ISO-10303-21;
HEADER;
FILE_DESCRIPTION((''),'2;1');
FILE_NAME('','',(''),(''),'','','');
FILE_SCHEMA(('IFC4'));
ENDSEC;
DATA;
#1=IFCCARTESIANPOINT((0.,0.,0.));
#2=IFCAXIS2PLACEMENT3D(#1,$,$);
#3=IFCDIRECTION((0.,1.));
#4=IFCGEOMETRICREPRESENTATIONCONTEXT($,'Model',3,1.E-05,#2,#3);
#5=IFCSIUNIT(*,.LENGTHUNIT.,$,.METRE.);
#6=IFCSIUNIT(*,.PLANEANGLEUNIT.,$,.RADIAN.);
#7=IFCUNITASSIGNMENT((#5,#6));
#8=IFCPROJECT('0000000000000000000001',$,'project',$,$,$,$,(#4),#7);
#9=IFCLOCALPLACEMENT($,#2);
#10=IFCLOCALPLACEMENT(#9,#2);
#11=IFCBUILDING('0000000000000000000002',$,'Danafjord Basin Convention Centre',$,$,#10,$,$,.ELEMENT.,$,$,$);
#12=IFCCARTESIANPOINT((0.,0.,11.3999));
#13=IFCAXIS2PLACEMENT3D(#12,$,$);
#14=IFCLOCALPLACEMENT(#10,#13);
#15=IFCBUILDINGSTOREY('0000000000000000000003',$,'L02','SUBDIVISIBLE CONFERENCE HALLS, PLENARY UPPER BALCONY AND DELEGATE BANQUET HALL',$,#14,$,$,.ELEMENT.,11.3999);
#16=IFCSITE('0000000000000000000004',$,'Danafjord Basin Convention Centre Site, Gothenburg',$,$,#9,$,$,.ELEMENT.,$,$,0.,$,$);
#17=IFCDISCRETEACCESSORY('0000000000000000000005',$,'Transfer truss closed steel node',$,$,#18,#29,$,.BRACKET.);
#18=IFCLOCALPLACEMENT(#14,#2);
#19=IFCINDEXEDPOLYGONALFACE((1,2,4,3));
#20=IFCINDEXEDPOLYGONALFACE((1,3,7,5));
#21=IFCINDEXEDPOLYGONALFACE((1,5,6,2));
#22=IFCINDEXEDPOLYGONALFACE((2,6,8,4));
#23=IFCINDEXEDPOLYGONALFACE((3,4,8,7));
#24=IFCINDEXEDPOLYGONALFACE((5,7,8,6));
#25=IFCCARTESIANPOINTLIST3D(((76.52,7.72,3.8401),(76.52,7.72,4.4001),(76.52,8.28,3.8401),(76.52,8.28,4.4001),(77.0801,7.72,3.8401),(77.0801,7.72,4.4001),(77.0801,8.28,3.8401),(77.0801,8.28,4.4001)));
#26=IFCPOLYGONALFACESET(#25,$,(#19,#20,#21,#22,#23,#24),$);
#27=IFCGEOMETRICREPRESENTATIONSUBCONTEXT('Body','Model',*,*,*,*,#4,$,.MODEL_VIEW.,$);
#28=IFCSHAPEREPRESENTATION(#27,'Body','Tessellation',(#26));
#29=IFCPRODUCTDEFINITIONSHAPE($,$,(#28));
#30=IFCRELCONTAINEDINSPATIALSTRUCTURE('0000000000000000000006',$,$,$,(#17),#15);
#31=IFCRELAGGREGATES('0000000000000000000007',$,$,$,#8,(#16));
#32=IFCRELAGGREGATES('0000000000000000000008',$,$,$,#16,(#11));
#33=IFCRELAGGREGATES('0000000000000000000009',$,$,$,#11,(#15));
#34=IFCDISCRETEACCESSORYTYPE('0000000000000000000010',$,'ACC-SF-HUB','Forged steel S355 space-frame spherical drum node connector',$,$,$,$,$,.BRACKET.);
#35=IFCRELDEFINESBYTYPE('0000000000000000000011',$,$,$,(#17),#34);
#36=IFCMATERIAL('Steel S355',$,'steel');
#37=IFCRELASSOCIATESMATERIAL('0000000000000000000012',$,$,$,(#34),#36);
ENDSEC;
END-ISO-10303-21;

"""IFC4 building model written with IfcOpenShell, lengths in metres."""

from ifc_helpers import new_model, si_unit, direction, frame, origin, origin_2d, place, context, subcontext, project, spatial, rectangle, extrude, material, type_object, element, save


model = new_model("IFC4")

# Units and contexts
model_context = context("Model", 3, precision=1e-05, world=origin(), true_north=direction((0.0, 1.0)))
body_context = subcontext(model_context, "Body", "Model", "MODEL_VIEW")
ifc_project = project(units=[si_unit("LENGTHUNIT", "METRE"), si_unit("PLANEANGLEUNIT", "RADIAN")], contexts=[model_context])

# Site, building, storey
site_placement = place(None, origin())
site = spatial("IfcSite", under=ifc_project, at=site_placement, Name="Danafjord Basin Convention Centre Site, Gothenburg", CompositionType="ELEMENT", RefElevation=0.0)
building_placement = place(site_placement, origin())
building = spatial("IfcBuilding", under=site, at=building_placement, Name="Danafjord Basin Convention Centre", CompositionType="ELEMENT")
storey_placement = place(building_placement, frame((0.0, 0.0, 11.3999)))
storey = spatial("IfcBuildingStorey", under=building, at=storey_placement, Name="L02", Description="SUBDIVISIBLE CONFERENCE HALLS, PLENARY UPPER BALCONY AND DELEGATE BANQUET HALL", CompositionType="ELEMENT", Elevation=11.3999)

# Shared definitions
ifc_material_1 = material(Name="Steel S355", Category="steel")

# Discrete accessory
discrete_accessory_type = type_object("IfcDiscreteAccessoryType", Name="ACC-SF-HUB", Description="Forged steel S355 space-frame spherical drum node connector", PredefinedType="BRACKET", material=ifc_material_1)
for number, where, z_axis, x_axis, name in (
    (1, (76.8, 8.0, 3.8401), (0.0, 0.0, 1.0), (1.0, 0.0, 0.0), "Transfer truss closed steel node"),
):
    element("IfcDiscreteAccessory", number, at=place(storey_placement, frame(where, z_axis=z_axis, x_axis=x_axis)), inside=storey, type_object=discrete_accessory_type, Name=name, PredefinedType="BRACKET", context=body_context, shape_type="SweptSolid", body=[
        extrude(rectangle(XDim=0.5601, YDim=0.5601, at=origin_2d()), origin(), (0.0, 0.0, 1.0), 0.5601),
    ])

save(model, "model.ifc")
